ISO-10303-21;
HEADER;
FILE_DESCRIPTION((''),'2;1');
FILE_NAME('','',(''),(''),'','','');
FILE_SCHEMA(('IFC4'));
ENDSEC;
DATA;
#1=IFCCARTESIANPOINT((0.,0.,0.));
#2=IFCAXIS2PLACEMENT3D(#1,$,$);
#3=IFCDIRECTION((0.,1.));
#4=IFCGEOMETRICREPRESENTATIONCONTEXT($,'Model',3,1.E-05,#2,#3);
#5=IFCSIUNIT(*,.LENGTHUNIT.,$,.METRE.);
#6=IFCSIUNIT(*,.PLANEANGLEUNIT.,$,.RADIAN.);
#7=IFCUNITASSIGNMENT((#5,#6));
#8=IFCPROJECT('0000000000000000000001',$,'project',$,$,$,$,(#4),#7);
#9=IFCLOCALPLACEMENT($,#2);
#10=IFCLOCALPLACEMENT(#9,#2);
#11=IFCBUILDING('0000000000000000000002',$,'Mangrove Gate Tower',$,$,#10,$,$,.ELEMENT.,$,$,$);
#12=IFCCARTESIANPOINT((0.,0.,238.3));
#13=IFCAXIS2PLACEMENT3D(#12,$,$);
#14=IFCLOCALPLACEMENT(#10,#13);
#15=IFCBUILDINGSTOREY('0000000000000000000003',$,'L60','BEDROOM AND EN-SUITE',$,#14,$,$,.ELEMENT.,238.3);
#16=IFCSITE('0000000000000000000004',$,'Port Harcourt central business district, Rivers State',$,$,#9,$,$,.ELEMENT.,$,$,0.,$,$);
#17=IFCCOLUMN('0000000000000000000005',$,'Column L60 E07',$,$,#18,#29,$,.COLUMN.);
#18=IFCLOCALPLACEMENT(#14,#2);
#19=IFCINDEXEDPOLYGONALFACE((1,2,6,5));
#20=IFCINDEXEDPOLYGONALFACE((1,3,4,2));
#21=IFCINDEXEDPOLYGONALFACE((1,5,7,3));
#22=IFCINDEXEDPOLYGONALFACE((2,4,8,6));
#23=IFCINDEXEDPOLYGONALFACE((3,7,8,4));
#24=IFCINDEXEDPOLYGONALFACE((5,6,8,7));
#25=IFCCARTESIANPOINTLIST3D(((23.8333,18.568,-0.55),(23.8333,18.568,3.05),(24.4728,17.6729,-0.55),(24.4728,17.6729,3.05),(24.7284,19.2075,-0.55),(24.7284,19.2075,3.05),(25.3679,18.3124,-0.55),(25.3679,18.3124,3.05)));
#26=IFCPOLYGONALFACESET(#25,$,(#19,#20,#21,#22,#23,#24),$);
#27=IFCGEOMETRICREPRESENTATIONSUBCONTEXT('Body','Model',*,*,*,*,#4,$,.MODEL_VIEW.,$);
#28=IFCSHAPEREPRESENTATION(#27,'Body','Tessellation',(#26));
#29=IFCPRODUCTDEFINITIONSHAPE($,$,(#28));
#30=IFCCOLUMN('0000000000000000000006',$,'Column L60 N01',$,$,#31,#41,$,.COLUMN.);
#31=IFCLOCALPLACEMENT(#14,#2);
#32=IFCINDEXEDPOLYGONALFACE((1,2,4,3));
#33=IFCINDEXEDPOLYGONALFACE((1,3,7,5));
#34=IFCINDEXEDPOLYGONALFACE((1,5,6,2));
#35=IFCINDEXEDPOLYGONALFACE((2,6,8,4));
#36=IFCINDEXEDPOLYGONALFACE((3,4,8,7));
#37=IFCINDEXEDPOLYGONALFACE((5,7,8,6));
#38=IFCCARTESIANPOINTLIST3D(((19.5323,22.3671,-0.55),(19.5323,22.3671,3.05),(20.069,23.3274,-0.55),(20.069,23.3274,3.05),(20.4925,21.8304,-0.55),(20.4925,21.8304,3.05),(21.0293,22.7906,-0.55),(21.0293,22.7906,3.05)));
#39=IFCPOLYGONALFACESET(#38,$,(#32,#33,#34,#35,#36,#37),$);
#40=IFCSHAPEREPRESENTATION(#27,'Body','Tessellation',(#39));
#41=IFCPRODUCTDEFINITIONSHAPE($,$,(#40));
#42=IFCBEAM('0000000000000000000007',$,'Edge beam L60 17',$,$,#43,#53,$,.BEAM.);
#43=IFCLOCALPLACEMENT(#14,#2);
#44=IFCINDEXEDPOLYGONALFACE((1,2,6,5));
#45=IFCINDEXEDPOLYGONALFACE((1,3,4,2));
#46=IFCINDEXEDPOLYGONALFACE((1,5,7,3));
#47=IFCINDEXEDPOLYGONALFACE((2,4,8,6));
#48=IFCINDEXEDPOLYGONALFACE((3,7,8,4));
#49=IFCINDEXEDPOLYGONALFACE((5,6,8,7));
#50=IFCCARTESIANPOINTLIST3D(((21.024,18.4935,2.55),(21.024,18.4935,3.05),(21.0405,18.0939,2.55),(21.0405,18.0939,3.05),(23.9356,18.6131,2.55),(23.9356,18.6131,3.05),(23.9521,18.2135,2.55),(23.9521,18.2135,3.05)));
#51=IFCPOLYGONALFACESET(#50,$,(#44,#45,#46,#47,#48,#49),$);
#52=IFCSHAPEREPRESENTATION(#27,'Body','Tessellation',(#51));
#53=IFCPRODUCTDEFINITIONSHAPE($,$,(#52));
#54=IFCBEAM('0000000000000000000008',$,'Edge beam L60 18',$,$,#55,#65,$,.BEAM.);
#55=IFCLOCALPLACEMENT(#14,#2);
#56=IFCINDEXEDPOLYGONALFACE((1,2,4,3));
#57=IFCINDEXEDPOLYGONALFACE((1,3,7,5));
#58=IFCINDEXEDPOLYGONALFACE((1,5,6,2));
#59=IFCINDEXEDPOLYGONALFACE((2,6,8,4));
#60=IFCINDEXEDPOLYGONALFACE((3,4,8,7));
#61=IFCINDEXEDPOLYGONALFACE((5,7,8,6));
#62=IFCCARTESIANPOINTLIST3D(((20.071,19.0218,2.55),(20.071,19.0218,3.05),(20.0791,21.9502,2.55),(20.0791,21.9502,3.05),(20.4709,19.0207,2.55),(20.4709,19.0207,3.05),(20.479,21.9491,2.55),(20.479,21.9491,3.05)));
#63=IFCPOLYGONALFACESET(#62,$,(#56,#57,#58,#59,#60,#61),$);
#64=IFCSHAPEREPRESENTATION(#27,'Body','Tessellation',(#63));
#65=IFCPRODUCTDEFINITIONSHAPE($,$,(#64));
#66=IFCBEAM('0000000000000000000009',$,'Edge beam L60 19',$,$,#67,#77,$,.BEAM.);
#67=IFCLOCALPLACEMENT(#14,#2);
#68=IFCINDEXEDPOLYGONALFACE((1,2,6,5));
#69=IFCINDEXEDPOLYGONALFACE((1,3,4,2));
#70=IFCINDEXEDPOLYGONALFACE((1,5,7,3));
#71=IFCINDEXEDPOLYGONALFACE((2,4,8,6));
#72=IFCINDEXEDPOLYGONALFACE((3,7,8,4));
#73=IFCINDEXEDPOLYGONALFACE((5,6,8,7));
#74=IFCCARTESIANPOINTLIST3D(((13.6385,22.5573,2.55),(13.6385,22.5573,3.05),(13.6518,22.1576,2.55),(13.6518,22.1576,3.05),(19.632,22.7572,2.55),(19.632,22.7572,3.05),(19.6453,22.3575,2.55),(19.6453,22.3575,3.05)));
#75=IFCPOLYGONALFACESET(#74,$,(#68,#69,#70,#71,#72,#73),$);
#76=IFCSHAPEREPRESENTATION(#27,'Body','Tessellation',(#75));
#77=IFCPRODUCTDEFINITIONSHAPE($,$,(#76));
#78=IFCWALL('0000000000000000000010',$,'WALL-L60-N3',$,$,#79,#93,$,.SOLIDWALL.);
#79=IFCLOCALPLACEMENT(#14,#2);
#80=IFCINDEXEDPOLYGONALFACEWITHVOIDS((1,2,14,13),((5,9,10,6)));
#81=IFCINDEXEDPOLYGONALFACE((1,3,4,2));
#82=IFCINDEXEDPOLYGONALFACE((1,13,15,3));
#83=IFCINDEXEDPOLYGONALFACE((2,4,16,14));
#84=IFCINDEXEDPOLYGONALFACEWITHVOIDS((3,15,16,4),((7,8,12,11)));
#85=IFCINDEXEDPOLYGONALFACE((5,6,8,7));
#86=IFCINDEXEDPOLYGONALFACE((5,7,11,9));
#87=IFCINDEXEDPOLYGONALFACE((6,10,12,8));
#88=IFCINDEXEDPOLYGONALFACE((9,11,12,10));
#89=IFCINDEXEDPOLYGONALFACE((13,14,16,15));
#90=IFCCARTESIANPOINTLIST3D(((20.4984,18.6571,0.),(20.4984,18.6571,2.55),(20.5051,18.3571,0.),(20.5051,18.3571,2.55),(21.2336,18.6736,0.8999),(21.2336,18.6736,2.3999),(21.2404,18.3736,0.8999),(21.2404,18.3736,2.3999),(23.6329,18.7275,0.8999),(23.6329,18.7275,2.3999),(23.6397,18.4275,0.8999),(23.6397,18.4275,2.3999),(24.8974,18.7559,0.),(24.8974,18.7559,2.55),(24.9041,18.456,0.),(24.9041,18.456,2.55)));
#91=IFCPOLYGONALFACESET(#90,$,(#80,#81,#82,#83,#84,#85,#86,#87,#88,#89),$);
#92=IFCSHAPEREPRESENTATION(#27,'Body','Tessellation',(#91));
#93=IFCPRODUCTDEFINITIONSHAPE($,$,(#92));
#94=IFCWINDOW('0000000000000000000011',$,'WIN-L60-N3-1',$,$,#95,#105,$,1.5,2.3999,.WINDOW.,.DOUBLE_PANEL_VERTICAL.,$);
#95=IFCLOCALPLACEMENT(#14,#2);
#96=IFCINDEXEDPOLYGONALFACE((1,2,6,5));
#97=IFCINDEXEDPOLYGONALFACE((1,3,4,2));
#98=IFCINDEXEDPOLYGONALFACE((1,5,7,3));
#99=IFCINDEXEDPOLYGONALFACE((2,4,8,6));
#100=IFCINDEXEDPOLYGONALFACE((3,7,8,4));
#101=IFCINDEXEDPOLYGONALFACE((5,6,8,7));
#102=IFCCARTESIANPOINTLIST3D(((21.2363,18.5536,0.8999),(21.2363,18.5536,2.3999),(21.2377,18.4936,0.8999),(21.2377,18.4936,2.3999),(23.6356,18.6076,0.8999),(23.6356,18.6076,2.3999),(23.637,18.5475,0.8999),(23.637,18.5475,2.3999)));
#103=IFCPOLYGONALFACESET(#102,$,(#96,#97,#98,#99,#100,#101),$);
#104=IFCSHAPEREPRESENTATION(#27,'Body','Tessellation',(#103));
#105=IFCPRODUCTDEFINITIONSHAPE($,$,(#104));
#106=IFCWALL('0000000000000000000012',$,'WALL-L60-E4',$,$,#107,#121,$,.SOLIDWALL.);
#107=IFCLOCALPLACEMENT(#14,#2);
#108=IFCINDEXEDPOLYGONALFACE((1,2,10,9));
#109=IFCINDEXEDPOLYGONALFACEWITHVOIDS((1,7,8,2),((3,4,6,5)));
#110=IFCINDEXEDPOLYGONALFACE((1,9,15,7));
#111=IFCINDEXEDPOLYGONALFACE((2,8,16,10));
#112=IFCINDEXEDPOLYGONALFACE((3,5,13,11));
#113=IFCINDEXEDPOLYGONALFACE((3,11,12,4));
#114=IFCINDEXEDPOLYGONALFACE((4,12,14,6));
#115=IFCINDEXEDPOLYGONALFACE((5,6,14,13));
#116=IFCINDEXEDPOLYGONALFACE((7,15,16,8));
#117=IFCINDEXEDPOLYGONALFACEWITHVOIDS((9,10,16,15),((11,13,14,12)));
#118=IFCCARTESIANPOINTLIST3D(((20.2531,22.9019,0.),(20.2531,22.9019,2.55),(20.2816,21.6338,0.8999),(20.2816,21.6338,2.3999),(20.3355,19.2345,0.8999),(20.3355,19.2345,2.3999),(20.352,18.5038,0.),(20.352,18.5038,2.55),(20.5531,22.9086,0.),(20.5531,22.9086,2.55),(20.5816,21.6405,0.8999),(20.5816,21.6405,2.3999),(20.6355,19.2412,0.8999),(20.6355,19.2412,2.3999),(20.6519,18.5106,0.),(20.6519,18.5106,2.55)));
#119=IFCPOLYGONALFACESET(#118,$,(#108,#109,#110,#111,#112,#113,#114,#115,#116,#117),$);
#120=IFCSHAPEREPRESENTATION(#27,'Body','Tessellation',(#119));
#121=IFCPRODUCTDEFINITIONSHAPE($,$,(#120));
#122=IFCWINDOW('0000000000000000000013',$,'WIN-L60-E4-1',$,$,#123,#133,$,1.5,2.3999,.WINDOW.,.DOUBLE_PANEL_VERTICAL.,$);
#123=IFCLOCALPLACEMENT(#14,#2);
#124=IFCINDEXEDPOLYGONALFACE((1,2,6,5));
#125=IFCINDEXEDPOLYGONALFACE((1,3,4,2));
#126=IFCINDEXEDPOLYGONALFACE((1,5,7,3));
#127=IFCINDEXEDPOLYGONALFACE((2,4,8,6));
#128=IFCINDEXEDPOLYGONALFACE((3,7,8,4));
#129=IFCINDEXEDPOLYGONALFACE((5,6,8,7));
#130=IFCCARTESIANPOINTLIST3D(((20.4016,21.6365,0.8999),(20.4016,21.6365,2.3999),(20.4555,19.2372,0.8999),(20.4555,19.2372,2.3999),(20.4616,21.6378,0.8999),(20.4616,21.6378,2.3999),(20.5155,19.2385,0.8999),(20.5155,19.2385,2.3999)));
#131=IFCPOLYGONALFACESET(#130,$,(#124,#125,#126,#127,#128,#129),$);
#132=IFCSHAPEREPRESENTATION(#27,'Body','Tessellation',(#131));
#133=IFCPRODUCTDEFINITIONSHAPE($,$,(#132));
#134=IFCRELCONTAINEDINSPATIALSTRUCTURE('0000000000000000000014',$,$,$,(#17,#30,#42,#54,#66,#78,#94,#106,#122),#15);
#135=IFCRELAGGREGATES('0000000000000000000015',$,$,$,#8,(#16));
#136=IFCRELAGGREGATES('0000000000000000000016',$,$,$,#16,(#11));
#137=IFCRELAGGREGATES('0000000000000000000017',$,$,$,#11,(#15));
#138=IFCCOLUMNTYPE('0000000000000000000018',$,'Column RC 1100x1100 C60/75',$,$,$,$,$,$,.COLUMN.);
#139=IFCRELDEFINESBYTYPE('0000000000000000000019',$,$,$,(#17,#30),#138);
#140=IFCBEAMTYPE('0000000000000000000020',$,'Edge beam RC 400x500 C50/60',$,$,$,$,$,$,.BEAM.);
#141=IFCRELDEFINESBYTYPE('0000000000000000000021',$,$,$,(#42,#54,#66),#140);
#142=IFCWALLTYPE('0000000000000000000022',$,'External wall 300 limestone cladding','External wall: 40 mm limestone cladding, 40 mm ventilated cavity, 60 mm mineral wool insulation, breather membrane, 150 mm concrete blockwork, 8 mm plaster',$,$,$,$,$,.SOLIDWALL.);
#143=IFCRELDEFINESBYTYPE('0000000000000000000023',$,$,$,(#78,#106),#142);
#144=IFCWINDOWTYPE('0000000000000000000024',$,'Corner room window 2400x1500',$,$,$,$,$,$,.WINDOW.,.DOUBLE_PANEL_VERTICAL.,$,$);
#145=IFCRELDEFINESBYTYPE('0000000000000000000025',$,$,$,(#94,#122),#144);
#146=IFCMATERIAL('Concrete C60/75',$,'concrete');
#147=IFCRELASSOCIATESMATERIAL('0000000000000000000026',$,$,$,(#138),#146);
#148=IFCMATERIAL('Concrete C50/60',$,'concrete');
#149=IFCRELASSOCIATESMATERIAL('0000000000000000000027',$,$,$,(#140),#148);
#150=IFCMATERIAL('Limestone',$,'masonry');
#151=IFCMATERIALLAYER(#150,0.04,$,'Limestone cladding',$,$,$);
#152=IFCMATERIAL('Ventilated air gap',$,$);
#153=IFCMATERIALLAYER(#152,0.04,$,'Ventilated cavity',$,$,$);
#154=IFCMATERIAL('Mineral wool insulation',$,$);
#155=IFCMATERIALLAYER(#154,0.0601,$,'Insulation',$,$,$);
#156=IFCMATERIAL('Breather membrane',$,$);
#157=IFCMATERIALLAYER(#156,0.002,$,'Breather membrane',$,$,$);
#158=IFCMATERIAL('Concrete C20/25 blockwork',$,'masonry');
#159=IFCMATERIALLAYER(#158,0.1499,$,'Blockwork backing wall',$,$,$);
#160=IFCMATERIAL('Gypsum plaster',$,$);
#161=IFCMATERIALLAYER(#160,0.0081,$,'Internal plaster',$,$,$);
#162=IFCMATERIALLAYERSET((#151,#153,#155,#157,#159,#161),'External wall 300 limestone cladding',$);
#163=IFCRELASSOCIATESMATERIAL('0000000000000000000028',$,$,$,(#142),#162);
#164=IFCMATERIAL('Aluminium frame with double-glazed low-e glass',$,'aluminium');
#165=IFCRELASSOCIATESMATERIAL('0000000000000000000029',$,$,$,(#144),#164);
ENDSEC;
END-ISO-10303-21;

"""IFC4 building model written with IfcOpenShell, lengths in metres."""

from ifc_helpers import new_model, si_unit, direction, frame, frame_2d, origin, origin_2d, place, context, subcontext, project, spatial, rectangle, extrude, material, layer, layer_set, material_profile, profile_set, type_object, element, fill, save


model = new_model("IFC4")

# Units and contexts
model_context = context("Model", 3, precision=1e-05, world=origin(), true_north=direction((0.0, 1.0)))
body_context = subcontext(model_context, "Body", "Model", "MODEL_VIEW")
ifc_project = project(units=[si_unit("LENGTHUNIT", "METRE"), si_unit("PLANEANGLEUNIT", "RADIAN")], contexts=[model_context])

# Site, building, storey
site_placement = place(None, origin())
site = spatial("IfcSite", under=ifc_project, at=site_placement, Name="Port Harcourt central business district, Rivers State", CompositionType="ELEMENT", RefElevation=0.0)
building_placement = place(site_placement, origin())
building = spatial("IfcBuilding", under=site, at=building_placement, Name="Mangrove Gate Tower", CompositionType="ELEMENT")
storey_placement = place(building_placement, frame((0.0, 0.0, 238.3)))
storey = spatial("IfcBuildingStorey", under=building, at=storey_placement, Name="L60", Description="BEDROOM AND EN-SUITE", CompositionType="ELEMENT", Elevation=238.3)

# Columns
ifc_material_1 = material(Name="Concrete C60/75", Category="concrete")
ifc_material_profile_1 = material_profile(ifc_material_1, rectangle(XDim=1.1001, YDim=1.1001, at=origin_2d()))
ifc_profile_set_1 = profile_set([ifc_material_profile_1], Name="Concrete C60/75")
column_type = type_object("IfcColumnType", Name="Column RC 1100x1100 C60/75", PredefinedType="COLUMN", material=ifc_profile_set_1)
for number, where, z_axis, x_axis, name in (
    (1, (24.6006, 18.4402, -0.55), (0.0, 0.0, 1.0), (-0.581359, 0.813647, 0.0), "Column L60 E07"),
    (2, (20.2808, 22.5789, -0.55), (0.0, 0.0, 1.0), (-0.872897, 0.487904, 0.0), "Column L60 N01"),
):
    element("IfcColumn", number, at=place(storey_placement, frame(where, z_axis=z_axis, x_axis=x_axis)), inside=storey, type_object=column_type, Name=name, PredefinedType="COLUMN", context=body_context, shape_type="SweptSolid", body=[
        extrude(rectangle(XDim=1.1001, YDim=1.1001, at=origin_2d()), origin(), (0.0, 0.0, 1.0), 3.6001),
    ])

# Beams
ifc_material_2 = material(Name="Concrete C50/60", Category="concrete")
ifc_material_profile_2 = material_profile(ifc_material_2, rectangle(XDim=0.3999, YDim=0.5, at=origin_2d()))
ifc_profile_set_2 = profile_set([ifc_material_profile_2], Name="Concrete C50/60")
beam_type = type_object("IfcBeamType", Name="Edge beam RC 400x500 C50/60", PredefinedType="BEAM", material=ifc_profile_set_2)
beam_1_placement = place(storey_placement, frame((23.9438, 18.4133, 2.8), z_axis=(-0.999157, -0.041052, 0.0), x_axis=(0.041052, -0.999157, 0.0)))
element("IfcBeam", 3, at=beam_1_placement, inside=storey, type_object=beam_type, Name="Edge beam L60 17", PredefinedType="BEAM", context=body_context, shape_type="SweptSolid", body=[
    extrude(rectangle(XDim=0.3999, YDim=0.5, at=origin_2d()), origin(), (0.0, 0.0, 1.0), 2.9141),
])
beam_2_placement = place(storey_placement, frame((20.271, 19.0212, 2.8), z_axis=(0.002751, 0.999996, 0.0), x_axis=(-0.999996, 0.002751, 0.0)))
element("IfcBeam", 4, at=beam_2_placement, inside=storey, type_object=beam_type, Name="Edge beam L60 18", PredefinedType="BEAM", context=body_context, shape_type="SweptSolid", body=[
    extrude(rectangle(XDim=0.3999, YDim=0.5, at=origin_2d()), origin(), (0.0, 0.0, 1.0), 2.9285),
])
beam_3_placement = place(storey_placement, frame((19.6387, 22.5574, 2.8), z_axis=(-0.999444, -0.033343, 0.0), x_axis=(0.033343, -0.999444, 0.0)))
element("IfcBeam", 5, at=beam_3_placement, inside=storey, type_object=beam_type, Name="Edge beam L60 19", PredefinedType="BEAM", context=body_context, shape_type="SweptSolid", body=[
    extrude(rectangle(XDim=0.3999, YDim=0.5, at=origin_2d()), origin(), (0.0, 0.0, 1.0), 5.9968),
])

# Walls, openings, windows
ifc_material_3 = material(Name="Limestone", Category="masonry")
ifc_layer_1 = layer(ifc_material_3, 0.04, Name="Limestone cladding")
ifc_material_4 = material(Name="Ventilated air gap")
ifc_layer_2 = layer(ifc_material_4, 0.04, Name="Ventilated cavity")
ifc_material_5 = material(Name="Mineral wool insulation")
ifc_layer_3 = layer(ifc_material_5, 0.0601, Name="Insulation")
ifc_material_6 = material(Name="Breather membrane")
ifc_layer_4 = layer(ifc_material_6, 0.002, Name="Breather membrane")
ifc_material_7 = material(Name="Concrete C20/25 blockwork", Category="masonry")
ifc_layer_5 = layer(ifc_material_7, 0.1499, Name="Blockwork backing wall")
ifc_material_8 = material(Name="Gypsum plaster")
ifc_layer_6 = layer(ifc_material_8, 0.0081, Name="Internal plaster")
ifc_layer_set = layer_set([ifc_layer_1, ifc_layer_2, ifc_layer_3, ifc_layer_4, ifc_layer_5, ifc_layer_6], Name="External wall 300 limestone cladding")
wall_type = type_object("IfcWallType", Name="External wall 300 limestone cladding", Description="External wall: 40 mm limestone cladding, 40 mm ventilated cavity, 60 mm mineral wool insulation, breather membrane, 150 mm concrete blockwork, 8 mm plaster", PredefinedType="SOLIDWALL", material=ifc_layer_set)
wall_1_placement = place(storey_placement, frame((24.9009, 18.606, 0.0), z_axis=(0.0, 0.0, 1.0), x_axis=(-0.999747, -0.022472, 0.0)))
wall_1 = element("IfcWall", 6, at=wall_1_placement, inside=storey, type_object=wall_type, Name="WALL-L60-N3", PredefinedType="SOLIDWALL", context=body_context, shape_type="SweptSolid", body=[
    extrude(rectangle(XDim=4.4001, YDim=0.3, at=frame_2d((2.2002, 0.0))), origin(), (0.0, 0.0, 1.0), 2.55),
])
opening_1_placement = place(wall_1_placement, frame((1.2649, 0.0, 0.8999)))
opening_1 = element("IfcOpeningElement", 7, at=opening_1_placement, cuts=wall_1, PredefinedType="OPENING", context=body_context, shape_type="SweptSolid", body=[
    extrude(rectangle(XDim=2.3999, YDim=1.5, at=frame_2d((1.2, 0.75))), frame((0.0, 0.1599, 0.0), z_axis=(0.0, -1.0, 0.0), x_axis=(1.0, 0.0, 0.0)), (0.0, 0.0, 1.0), 0.3201),
])
ifc_material_9 = material(Name="Aluminium frame with double-glazed low-e glass", Category="aluminium")
window_type = type_object("IfcWindowType", Name="Corner room window 2400x1500", PartitioningType="DOUBLE_PANEL_VERTICAL", PredefinedType="WINDOW", material=ifc_material_9)
window_1_placement = place(opening_1_placement, origin())
window_1 = element("IfcWindow", 8, at=window_1_placement, inside=storey, type_object=window_type, Name="WIN-L60-N3-1", OverallHeight=1.5, OverallWidth=2.3999, PartitioningType="DOUBLE_PANEL_VERTICAL", PredefinedType="WINDOW", context=body_context, shape_type="SweptSolid", body=[
    extrude(rectangle(XDim=2.3999, YDim=1.5, at=frame_2d((1.2, 0.75))), frame((0.0, 0.03, 0.0), z_axis=(0.0, -1.0, 0.0), x_axis=(1.0, 0.0, 0.0)), (0.0, 0.0, 1.0), 0.0601),
])
fill(opening_1, window_1)
wall_2_placement = place(storey_placement, frame((20.502, 18.5071, 0.0), z_axis=(0.0, 0.0, 1.0), x_axis=(-0.022477, 0.999747, 0.0)))
wall_2 = element("IfcWall", 9, at=wall_2_placement, inside=storey, type_object=wall_type, Name="WALL-L60-E4", PredefinedType="SOLIDWALL", context=body_context, shape_type="SweptSolid", body=[
    extrude(rectangle(XDim=4.3992, YDim=0.3, at=frame_2d((2.1997, 0.0))), origin(), (0.0, 0.0, 1.0), 2.55),
])
opening_2_placement = place(wall_2_placement, frame((0.731, 0.0, 0.8999)))
opening_2 = element("IfcOpeningElement", 10, at=opening_2_placement, cuts=wall_2, PredefinedType="OPENING", context=body_context, shape_type="SweptSolid", body=[
    extrude(rectangle(XDim=2.3999, YDim=1.5, at=frame_2d((1.2, 0.75))), frame((0.0, 0.1599, 0.0), z_axis=(0.0, -1.0, 0.0), x_axis=(1.0, 0.0, 0.0)), (0.0, 0.0, 1.0), 0.3201),
])
window_2_placement = place(opening_2_placement, origin())
window_2 = element("IfcWindow", 11, at=window_2_placement, inside=storey, type_object=window_type, Name="WIN-L60-E4-1", OverallHeight=1.5, OverallWidth=2.3999, PartitioningType="DOUBLE_PANEL_VERTICAL", PredefinedType="WINDOW", context=body_context, shape_type="SweptSolid", body=[
    extrude(rectangle(XDim=2.3999, YDim=1.5, at=frame_2d((1.2, 0.75))), frame((0.0, 0.03, 0.0), z_axis=(0.0, -1.0, 0.0), x_axis=(1.0, 0.0, 0.0)), (0.0, 0.0, 1.0), 0.0601),
])
fill(opening_2, window_2)

save(model, "model.ifc")
